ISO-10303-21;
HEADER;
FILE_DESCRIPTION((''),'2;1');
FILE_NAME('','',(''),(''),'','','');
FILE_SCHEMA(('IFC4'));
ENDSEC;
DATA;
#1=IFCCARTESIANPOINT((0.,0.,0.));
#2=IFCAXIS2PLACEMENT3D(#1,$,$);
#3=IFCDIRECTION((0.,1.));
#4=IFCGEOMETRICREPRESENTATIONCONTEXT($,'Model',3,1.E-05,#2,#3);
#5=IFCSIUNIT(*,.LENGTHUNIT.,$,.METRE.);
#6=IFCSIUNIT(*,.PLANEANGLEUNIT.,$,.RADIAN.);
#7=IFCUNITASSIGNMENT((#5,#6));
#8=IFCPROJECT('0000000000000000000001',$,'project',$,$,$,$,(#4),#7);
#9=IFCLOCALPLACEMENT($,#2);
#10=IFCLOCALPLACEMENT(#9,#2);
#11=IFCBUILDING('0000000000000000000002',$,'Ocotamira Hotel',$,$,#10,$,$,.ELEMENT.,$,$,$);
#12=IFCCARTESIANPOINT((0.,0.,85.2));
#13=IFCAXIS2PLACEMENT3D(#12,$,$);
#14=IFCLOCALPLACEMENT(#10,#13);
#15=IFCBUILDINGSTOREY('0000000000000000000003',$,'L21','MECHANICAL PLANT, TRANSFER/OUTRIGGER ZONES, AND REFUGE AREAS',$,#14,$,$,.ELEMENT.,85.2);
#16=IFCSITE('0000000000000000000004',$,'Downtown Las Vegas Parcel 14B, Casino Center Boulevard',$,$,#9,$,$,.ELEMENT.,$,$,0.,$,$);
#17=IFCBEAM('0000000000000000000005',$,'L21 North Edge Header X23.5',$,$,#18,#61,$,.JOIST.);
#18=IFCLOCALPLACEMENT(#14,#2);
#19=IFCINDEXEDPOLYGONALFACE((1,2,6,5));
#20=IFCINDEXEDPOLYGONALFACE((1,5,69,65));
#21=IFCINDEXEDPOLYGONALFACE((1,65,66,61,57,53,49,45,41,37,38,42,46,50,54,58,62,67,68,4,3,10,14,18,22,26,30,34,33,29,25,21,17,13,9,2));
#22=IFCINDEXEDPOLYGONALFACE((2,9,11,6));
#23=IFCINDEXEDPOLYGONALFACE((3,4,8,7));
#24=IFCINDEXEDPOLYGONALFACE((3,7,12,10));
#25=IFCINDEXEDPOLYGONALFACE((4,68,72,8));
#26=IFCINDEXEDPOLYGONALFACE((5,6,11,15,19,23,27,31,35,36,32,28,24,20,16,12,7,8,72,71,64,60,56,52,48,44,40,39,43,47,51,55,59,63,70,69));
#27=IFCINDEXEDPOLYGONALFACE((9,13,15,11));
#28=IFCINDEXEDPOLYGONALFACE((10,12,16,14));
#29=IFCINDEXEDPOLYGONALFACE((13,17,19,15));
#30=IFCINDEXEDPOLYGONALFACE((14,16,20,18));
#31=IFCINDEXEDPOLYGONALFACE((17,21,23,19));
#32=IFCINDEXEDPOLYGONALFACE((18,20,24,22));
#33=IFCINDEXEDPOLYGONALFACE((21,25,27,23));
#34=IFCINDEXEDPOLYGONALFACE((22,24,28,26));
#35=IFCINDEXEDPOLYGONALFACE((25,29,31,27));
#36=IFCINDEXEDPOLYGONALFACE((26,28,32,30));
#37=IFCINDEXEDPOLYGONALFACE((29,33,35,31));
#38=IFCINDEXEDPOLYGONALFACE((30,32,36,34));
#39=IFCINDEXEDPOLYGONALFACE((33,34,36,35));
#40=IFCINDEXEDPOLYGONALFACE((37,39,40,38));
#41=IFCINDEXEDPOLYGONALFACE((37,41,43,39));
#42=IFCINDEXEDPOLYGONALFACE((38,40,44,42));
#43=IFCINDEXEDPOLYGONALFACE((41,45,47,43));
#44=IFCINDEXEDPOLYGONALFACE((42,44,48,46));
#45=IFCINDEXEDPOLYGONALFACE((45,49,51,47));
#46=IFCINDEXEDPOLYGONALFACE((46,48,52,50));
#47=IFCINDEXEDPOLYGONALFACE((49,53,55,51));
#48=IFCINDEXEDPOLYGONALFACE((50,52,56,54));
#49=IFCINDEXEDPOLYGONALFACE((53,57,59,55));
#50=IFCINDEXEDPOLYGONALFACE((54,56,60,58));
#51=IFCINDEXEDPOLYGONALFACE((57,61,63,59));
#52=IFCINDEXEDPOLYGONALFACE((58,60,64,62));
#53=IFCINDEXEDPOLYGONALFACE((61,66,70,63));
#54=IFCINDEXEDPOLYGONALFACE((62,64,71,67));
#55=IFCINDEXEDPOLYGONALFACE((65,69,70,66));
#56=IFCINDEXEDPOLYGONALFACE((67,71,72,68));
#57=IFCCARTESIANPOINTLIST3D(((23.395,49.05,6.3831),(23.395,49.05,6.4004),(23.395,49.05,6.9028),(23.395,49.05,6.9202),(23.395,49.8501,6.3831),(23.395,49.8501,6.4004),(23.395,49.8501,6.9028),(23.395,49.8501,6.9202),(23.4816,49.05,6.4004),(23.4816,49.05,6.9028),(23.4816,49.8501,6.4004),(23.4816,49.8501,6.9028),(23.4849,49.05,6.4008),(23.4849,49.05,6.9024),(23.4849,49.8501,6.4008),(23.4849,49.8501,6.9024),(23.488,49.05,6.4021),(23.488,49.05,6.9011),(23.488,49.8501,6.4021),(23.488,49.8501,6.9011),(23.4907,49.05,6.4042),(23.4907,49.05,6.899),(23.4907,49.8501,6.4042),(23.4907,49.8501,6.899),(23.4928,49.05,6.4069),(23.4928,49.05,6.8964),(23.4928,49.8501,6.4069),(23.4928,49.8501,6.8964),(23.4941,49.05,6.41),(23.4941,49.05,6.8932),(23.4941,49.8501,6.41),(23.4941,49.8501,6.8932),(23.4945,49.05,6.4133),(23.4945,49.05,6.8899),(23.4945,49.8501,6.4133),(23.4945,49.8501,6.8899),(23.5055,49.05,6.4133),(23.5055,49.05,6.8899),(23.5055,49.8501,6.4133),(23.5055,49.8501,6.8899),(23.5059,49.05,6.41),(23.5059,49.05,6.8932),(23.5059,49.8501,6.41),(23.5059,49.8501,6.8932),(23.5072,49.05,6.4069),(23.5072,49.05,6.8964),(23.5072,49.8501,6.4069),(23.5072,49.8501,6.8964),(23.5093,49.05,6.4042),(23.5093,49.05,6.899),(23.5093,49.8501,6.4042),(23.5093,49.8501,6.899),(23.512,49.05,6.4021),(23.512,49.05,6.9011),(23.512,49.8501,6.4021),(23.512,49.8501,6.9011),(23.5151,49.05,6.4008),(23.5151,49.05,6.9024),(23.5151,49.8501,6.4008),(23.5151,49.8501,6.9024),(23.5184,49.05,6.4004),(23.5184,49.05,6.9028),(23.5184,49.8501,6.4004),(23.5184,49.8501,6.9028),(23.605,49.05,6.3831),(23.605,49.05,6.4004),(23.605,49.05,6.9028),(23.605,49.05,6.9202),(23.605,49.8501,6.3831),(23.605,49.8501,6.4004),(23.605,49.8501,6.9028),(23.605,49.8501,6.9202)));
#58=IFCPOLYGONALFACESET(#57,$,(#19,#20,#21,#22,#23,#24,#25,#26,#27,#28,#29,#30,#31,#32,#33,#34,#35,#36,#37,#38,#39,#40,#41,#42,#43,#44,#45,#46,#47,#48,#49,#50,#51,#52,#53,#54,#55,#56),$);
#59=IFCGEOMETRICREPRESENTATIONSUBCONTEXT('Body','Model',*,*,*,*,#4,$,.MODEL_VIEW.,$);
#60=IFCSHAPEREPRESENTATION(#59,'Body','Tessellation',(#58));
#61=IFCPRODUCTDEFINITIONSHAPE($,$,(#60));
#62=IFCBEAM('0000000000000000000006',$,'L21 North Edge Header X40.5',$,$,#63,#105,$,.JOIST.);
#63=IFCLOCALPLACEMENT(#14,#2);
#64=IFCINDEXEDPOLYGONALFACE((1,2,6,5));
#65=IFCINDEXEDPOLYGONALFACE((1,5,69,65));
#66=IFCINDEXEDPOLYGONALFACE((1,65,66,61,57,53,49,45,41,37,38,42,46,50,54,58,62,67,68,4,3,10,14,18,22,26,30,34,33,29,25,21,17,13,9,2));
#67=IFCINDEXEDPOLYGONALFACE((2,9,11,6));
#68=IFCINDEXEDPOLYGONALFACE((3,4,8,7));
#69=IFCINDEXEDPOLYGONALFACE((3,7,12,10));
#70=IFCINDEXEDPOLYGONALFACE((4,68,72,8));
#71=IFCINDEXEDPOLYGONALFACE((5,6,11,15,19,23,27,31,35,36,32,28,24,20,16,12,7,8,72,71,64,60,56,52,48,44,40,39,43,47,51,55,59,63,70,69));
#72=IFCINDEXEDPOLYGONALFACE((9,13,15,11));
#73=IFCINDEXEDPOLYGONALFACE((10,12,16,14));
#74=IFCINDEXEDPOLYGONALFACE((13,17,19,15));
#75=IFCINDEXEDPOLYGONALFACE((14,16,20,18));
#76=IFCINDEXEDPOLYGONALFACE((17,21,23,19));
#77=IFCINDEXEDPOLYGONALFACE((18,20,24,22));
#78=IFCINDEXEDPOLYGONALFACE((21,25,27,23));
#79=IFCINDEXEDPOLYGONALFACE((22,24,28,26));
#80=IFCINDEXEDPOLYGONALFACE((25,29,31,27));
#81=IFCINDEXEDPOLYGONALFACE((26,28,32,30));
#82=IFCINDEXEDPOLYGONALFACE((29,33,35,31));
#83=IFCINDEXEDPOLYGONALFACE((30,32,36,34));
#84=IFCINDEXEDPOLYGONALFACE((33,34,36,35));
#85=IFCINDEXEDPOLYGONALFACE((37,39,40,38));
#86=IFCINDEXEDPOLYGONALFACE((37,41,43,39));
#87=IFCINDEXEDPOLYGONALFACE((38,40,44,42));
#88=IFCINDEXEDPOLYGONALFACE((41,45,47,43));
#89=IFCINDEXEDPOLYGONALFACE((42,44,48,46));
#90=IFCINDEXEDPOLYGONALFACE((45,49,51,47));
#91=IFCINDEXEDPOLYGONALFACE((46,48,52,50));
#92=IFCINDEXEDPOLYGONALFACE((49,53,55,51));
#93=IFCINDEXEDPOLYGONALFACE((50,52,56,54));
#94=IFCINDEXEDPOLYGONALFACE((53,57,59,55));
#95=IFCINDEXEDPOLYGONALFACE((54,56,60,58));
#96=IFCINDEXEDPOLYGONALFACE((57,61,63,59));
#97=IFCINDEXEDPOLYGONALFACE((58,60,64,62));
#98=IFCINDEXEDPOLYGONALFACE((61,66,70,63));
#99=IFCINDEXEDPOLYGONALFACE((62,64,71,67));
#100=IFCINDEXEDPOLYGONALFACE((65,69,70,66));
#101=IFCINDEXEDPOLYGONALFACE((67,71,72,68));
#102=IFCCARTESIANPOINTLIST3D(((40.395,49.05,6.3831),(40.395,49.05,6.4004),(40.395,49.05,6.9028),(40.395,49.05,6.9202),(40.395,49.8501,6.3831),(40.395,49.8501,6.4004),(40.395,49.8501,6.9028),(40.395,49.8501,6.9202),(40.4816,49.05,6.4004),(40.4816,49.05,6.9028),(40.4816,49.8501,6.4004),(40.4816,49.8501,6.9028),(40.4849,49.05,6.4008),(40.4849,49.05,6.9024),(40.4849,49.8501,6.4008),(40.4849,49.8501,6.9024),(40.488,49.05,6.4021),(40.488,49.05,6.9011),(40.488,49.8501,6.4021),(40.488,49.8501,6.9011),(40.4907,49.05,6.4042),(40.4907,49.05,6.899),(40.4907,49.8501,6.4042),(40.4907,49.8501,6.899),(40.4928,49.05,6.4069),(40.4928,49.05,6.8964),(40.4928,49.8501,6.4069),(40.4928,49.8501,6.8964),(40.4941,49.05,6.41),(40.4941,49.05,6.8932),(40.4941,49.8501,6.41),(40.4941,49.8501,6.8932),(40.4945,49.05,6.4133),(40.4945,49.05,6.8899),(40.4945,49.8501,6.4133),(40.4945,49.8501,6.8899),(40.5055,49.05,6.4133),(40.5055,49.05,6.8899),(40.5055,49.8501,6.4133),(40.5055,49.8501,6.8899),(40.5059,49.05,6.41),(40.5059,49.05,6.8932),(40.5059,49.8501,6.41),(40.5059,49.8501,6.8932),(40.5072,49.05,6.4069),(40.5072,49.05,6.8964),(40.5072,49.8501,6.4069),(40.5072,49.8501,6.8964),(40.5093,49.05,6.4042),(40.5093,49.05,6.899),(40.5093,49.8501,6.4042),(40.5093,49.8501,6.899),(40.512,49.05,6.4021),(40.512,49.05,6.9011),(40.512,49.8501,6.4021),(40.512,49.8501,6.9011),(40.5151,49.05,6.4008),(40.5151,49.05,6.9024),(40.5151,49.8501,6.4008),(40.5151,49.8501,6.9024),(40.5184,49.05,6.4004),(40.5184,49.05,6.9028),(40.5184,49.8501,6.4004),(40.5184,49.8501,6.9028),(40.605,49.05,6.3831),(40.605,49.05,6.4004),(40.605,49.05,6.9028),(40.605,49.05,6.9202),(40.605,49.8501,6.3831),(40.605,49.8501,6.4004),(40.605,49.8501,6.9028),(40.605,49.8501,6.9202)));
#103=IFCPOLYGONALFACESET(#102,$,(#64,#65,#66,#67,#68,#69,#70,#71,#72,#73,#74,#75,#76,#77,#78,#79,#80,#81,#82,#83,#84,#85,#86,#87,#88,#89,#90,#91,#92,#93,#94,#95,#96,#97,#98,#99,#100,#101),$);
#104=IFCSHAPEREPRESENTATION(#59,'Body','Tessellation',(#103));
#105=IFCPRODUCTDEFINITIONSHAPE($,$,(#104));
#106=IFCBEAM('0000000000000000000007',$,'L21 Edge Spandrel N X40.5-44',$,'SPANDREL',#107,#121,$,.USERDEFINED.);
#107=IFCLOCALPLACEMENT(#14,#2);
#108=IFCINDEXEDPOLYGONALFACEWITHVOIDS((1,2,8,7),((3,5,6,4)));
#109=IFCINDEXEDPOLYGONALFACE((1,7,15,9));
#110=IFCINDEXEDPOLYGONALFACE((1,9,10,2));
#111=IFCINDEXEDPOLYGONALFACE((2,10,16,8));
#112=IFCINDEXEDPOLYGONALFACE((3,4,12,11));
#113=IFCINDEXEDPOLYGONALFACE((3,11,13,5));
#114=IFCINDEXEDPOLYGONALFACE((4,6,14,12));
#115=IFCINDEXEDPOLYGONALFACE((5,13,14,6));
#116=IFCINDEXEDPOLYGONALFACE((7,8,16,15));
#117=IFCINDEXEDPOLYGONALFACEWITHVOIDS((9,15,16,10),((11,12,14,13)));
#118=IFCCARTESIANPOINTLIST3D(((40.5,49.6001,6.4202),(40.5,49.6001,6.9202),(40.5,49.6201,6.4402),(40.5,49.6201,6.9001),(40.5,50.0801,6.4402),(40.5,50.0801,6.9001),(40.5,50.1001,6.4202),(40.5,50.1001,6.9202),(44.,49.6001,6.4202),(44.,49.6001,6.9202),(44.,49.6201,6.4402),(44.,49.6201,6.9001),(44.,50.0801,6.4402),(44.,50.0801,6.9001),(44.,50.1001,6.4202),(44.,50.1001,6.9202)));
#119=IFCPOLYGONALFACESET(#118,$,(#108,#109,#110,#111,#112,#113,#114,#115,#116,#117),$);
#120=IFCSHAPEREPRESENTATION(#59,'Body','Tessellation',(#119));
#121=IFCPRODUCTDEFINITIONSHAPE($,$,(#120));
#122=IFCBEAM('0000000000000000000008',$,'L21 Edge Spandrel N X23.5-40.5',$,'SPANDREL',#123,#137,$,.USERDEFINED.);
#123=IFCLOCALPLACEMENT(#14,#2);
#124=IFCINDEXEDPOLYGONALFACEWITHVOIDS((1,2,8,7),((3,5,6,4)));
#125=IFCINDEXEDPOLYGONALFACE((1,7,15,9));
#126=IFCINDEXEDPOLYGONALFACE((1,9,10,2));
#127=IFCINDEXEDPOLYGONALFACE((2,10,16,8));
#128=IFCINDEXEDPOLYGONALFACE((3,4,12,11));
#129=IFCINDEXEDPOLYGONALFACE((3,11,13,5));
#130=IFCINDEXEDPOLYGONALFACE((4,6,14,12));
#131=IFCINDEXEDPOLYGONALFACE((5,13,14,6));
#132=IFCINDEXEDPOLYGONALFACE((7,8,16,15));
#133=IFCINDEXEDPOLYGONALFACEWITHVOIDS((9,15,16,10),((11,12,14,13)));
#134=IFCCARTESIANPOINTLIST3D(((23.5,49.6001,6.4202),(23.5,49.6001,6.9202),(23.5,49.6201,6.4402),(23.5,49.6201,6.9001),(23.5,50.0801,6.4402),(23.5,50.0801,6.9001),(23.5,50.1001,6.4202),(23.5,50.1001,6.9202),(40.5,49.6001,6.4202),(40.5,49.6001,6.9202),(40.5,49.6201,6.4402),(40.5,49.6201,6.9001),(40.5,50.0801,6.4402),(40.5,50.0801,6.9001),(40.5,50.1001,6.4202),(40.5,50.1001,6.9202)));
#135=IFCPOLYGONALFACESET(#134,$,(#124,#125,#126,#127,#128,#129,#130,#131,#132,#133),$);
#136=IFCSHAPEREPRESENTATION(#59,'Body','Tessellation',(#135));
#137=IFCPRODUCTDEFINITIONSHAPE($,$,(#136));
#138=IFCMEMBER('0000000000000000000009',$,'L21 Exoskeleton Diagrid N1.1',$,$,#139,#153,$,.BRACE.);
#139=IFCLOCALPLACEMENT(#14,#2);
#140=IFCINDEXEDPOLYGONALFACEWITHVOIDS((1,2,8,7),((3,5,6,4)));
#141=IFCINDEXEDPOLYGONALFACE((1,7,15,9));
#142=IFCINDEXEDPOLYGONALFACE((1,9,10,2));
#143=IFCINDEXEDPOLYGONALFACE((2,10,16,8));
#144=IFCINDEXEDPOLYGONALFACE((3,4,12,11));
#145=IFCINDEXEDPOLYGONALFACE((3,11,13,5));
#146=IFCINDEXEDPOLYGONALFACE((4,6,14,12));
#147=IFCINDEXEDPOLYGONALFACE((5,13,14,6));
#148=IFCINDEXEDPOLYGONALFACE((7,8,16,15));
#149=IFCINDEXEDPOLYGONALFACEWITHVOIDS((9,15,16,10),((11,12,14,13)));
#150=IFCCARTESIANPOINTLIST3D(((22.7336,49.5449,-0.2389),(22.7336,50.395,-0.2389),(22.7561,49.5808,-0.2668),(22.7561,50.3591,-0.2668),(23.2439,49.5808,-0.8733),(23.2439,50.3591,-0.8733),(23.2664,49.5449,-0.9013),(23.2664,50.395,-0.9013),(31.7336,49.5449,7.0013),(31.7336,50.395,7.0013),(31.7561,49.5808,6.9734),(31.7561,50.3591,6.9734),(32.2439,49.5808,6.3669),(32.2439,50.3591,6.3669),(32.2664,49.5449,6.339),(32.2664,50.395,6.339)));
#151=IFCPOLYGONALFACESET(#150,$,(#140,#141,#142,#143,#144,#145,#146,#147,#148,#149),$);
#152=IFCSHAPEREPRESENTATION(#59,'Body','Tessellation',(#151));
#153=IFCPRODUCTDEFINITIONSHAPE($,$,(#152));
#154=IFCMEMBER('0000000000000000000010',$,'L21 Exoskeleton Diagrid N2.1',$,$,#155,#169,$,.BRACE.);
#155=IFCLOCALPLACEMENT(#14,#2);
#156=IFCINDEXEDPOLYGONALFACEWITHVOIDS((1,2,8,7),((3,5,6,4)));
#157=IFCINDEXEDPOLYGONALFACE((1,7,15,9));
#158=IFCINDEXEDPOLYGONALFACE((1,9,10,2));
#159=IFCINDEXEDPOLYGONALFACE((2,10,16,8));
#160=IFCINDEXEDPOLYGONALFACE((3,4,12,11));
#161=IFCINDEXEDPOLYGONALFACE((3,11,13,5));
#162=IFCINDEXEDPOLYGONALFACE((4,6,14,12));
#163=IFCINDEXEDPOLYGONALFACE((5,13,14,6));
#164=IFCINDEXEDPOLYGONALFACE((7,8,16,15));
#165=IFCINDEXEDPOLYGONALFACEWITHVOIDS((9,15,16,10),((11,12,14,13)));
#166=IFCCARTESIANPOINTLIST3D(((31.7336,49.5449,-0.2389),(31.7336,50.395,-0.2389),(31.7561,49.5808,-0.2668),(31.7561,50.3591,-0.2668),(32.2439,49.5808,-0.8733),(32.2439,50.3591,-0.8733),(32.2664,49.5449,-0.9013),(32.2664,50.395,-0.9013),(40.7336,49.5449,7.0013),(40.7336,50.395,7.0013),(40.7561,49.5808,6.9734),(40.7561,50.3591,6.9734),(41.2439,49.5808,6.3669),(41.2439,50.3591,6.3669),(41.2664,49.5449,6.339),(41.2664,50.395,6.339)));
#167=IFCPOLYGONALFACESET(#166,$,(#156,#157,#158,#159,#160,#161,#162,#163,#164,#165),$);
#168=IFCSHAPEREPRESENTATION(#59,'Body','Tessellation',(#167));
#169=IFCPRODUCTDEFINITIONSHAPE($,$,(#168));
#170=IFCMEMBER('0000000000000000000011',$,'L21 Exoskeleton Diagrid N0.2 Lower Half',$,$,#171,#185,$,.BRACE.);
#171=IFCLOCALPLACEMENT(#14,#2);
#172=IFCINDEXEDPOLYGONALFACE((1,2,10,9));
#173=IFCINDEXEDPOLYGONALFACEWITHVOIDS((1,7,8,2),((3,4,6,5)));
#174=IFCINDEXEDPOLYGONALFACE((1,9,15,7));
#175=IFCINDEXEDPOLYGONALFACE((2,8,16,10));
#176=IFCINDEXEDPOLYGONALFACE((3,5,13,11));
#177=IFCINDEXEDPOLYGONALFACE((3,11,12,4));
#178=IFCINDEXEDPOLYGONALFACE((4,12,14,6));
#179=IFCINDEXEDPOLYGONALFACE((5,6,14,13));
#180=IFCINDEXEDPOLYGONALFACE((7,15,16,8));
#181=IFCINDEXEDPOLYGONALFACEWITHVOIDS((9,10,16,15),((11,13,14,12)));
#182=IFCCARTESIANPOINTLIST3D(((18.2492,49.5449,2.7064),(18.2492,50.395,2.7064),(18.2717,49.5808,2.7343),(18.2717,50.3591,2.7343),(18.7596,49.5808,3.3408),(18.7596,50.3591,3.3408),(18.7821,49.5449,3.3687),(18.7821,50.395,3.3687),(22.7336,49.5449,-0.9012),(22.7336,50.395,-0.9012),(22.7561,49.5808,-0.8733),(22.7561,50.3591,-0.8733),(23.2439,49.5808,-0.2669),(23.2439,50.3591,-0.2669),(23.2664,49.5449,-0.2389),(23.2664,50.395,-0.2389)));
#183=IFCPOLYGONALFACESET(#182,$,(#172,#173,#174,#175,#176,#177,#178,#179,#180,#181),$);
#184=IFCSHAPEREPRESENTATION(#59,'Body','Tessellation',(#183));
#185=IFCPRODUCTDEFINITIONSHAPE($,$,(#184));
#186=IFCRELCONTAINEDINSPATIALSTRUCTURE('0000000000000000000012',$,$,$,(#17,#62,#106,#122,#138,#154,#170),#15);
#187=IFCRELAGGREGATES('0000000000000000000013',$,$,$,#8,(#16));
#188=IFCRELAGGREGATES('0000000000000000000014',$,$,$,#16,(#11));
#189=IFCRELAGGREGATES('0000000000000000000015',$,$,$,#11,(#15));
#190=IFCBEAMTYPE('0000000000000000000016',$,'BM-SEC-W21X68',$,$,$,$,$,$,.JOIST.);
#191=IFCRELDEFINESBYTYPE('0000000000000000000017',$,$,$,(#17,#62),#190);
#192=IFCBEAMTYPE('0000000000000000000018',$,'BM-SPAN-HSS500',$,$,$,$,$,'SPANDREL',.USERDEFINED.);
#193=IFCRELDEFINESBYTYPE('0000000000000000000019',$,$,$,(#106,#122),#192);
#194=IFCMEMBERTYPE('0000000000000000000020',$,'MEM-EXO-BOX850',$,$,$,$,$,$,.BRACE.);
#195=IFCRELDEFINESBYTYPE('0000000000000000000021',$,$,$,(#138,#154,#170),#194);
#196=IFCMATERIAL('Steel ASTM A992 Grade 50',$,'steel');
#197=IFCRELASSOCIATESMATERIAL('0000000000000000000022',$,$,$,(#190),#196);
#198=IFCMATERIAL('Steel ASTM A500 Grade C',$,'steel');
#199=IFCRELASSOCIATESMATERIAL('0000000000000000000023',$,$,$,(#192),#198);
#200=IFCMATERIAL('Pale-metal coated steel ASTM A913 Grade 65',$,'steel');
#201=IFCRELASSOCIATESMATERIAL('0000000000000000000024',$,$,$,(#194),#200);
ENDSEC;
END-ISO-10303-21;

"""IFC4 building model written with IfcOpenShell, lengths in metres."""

from ifc_helpers import new_model, si_unit, direction, frame, origin, origin_2d, place, context, subcontext, project, spatial, hollow_rectangle, i_section, extrude, source, transform, mapped, material, material_profile, profile_set, type_object, element, save


model = new_model("IFC4")

# Units and contexts
model_context = context("Model", 3, precision=1e-05, world=origin(), true_north=direction((0.0, 1.0)))
body_context = subcontext(model_context, "Body", "Model", "MODEL_VIEW")
ifc_project = project(units=[si_unit("LENGTHUNIT", "METRE"), si_unit("PLANEANGLEUNIT", "RADIAN")], contexts=[model_context])

# Site, building, storey
site_placement = place(None, origin())
site = spatial("IfcSite", under=ifc_project, at=site_placement, Name="Downtown Las Vegas Parcel 14B, Casino Center Boulevard", CompositionType="ELEMENT", RefElevation=0.0)
building_placement = place(site_placement, origin())
building = spatial("IfcBuilding", under=site, at=building_placement, Name="Ocotamira Hotel", CompositionType="ELEMENT")
storey_placement = place(building_placement, frame((0.0, 0.0, 85.2)))
storey = spatial("IfcBuildingStorey", under=building, at=storey_placement, Name="L21", Description="MECHANICAL PLANT, TRANSFER/OUTRIGGER ZONES, AND REFUGE AREAS", CompositionType="ELEMENT", Elevation=85.2)

# Beams
ifc_material_1 = material(Name="Steel ASTM A992 Grade 50", Category="steel")
ifc_material_profile_1 = material_profile(ifc_material_1, i_section(OverallWidth=0.21, OverallDepth=0.5371, WebThickness=0.011, FlangeThickness=0.0173, FilletRadius=0.0129, at=origin_2d()), Name="W21X68")
ifc_profile_set_1 = profile_set([ifc_material_profile_1], Name="Steel ASTM A992 Grade 50")
beam_type_1 = type_object("IfcBeamType", Name="BM-SEC-W21X68", PredefinedType="JOIST", material=ifc_profile_set_1)
shared_shape_1 = source(origin(), body_context, "Body", "SweptSolid", [
    extrude(i_section(OverallWidth=0.21, OverallDepth=0.5371, WebThickness=0.011, FlangeThickness=0.0173, FilletRadius=0.0129, at=origin_2d()), origin(), (0.0, 0.0, 1.0), 0.8),
])
for number, where, z_axis, x_axis, name in (
    (1, (23.5, 49.05, 6.6516), (0.0, 1.0, 0.0), (-1.0, 0.0, 0.0), "L21 North Edge Header X23.5"),
    (2, (40.5, 49.05, 6.6516), (0.0, 1.0, 0.0), (-1.0, 0.0, 0.0), "L21 North Edge Header X40.5"),
):
    element("IfcBeam", number, at=place(storey_placement, frame(where, z_axis=z_axis, x_axis=x_axis)), inside=storey, type_object=beam_type_1, Name=name, PredefinedType="JOIST", context=body_context, shape_type="MappedRepresentation", body=[
        mapped(shared_shape_1, transform((0.0, 0.0, 0.0), scale=1.0)),
    ])
ifc_material_2 = material(Name="Steel ASTM A500 Grade C", Category="steel")
ifc_material_profile_2 = material_profile(ifc_material_2, hollow_rectangle(XDim=0.5, YDim=0.5, WallThickness=0.02, at=origin_2d()), Name="HSS500X500X20")
ifc_profile_set_2 = profile_set([ifc_material_profile_2], Name="Steel ASTM A500 Grade C")
beam_type_2 = type_object("IfcBeamType", Name="BM-SPAN-HSS500", ElementType="SPANDREL", PredefinedType="USERDEFINED", material=ifc_profile_set_2)
shared_shape_2 = source(origin(), body_context, "Body", "SweptSolid", [
    extrude(hollow_rectangle(XDim=0.5, YDim=0.5, WallThickness=0.02, at=origin_2d()), origin(), (0.0, 0.0, 1.0), 3.5),
])
beam_1_placement = place(storey_placement, frame((40.5, 49.8501, 6.6702), z_axis=(1.0, 0.0, 0.0), x_axis=(0.0, 1.0, 0.0)))
element("IfcBeam", 3, at=beam_1_placement, inside=storey, type_object=beam_type_2, Name="L21 Edge Spandrel N X40.5-44", ObjectType="SPANDREL", PredefinedType="USERDEFINED", context=body_context, shape_type="MappedRepresentation", body=[
    mapped(shared_shape_2, transform((0.0, 0.0, 0.0), scale=1.0)),
])
shared_shape_3 = source(origin(), body_context, "Body", "SweptSolid", [
    extrude(hollow_rectangle(XDim=0.5, YDim=0.5, WallThickness=0.02, at=origin_2d()), origin(), (0.0, 0.0, 1.0), 17.0),
])
beam_2_placement = place(storey_placement, frame((23.5, 49.8501, 6.6702), z_axis=(1.0, 0.0, 0.0), x_axis=(0.0, 1.0, 0.0)))
element("IfcBeam", 4, at=beam_2_placement, inside=storey, type_object=beam_type_2, Name="L21 Edge Spandrel N X23.5-40.5", ObjectType="SPANDREL", PredefinedType="USERDEFINED", context=body_context, shape_type="MappedRepresentation", body=[
    mapped(shared_shape_3, transform((0.0, 0.0, 0.0), scale=1.0)),
])

# Members
ifc_material_3 = material(Name="Pale-metal coated steel ASTM A913 Grade 65", Category="steel")
ifc_material_profile_3 = material_profile(ifc_material_3, hollow_rectangle(XDim=0.8501, YDim=0.8501, WallThickness=0.0359, at=origin_2d()), Name="BOX850X850X36")
ifc_profile_set_3 = profile_set([ifc_material_profile_3], Name="Pale-metal coated steel ASTM A913 Grade 65")
member_type = type_object("IfcMemberType", Name="MEM-EXO-BOX850", PredefinedType="BRACE", material=ifc_profile_set_3)
shared_shape_4 = source(origin(), body_context, "Body", "SweptSolid", [
    extrude(hollow_rectangle(XDim=0.8501, YDim=0.8501, WallThickness=0.0359, at=origin_2d()), origin(), (0.0, 0.0, 1.0), 11.5508),
])
for number, where, z_axis, x_axis, name in (
    (5, (23.0, 49.97, -0.5701), (0.779167, 0.0, 0.626817), (0.0, 1.0, 0.0), "L21 Exoskeleton Diagrid N1.1"),
    (6, (32.0, 49.97, -0.5701), (0.779167, 0.0, 0.626817), (0.0, 1.0, 0.0), "L21 Exoskeleton Diagrid N2.1"),
):
    element("IfcMember", number, at=place(storey_placement, frame(where, z_axis=z_axis, x_axis=x_axis)), inside=storey, type_object=member_type, Name=name, PredefinedType="BRACE", context=body_context, shape_type="MappedRepresentation", body=[
        mapped(shared_shape_4, transform((0.0, 0.0, 0.0), scale=1.0)),
    ])
shared_shape_5 = source(origin(), body_context, "Body", "SweptSolid", [
    extrude(hollow_rectangle(XDim=0.8501, YDim=0.8501, WallThickness=0.0359, at=origin_2d()), origin(), (0.0, 0.0, 1.0), 5.7554),
])
for number, where, z_axis, x_axis, name in (
    (7, (23.0, 49.97, -0.5701), (-0.779157, 0.0, 0.626829), (0.0, -1.0, 0.0), "L21 Exoskeleton Diagrid N0.2 Lower Half"),
):
    element("IfcMember", number, at=place(storey_placement, frame(where, z_axis=z_axis, x_axis=x_axis)), inside=storey, type_object=member_type, Name=name, PredefinedType="BRACE", context=body_context, shape_type="MappedRepresentation", body=[
        mapped(shared_shape_5, transform((0.0, 0.0, 0.0), scale=1.0)),
    ])

save(model, "model.ifc")
